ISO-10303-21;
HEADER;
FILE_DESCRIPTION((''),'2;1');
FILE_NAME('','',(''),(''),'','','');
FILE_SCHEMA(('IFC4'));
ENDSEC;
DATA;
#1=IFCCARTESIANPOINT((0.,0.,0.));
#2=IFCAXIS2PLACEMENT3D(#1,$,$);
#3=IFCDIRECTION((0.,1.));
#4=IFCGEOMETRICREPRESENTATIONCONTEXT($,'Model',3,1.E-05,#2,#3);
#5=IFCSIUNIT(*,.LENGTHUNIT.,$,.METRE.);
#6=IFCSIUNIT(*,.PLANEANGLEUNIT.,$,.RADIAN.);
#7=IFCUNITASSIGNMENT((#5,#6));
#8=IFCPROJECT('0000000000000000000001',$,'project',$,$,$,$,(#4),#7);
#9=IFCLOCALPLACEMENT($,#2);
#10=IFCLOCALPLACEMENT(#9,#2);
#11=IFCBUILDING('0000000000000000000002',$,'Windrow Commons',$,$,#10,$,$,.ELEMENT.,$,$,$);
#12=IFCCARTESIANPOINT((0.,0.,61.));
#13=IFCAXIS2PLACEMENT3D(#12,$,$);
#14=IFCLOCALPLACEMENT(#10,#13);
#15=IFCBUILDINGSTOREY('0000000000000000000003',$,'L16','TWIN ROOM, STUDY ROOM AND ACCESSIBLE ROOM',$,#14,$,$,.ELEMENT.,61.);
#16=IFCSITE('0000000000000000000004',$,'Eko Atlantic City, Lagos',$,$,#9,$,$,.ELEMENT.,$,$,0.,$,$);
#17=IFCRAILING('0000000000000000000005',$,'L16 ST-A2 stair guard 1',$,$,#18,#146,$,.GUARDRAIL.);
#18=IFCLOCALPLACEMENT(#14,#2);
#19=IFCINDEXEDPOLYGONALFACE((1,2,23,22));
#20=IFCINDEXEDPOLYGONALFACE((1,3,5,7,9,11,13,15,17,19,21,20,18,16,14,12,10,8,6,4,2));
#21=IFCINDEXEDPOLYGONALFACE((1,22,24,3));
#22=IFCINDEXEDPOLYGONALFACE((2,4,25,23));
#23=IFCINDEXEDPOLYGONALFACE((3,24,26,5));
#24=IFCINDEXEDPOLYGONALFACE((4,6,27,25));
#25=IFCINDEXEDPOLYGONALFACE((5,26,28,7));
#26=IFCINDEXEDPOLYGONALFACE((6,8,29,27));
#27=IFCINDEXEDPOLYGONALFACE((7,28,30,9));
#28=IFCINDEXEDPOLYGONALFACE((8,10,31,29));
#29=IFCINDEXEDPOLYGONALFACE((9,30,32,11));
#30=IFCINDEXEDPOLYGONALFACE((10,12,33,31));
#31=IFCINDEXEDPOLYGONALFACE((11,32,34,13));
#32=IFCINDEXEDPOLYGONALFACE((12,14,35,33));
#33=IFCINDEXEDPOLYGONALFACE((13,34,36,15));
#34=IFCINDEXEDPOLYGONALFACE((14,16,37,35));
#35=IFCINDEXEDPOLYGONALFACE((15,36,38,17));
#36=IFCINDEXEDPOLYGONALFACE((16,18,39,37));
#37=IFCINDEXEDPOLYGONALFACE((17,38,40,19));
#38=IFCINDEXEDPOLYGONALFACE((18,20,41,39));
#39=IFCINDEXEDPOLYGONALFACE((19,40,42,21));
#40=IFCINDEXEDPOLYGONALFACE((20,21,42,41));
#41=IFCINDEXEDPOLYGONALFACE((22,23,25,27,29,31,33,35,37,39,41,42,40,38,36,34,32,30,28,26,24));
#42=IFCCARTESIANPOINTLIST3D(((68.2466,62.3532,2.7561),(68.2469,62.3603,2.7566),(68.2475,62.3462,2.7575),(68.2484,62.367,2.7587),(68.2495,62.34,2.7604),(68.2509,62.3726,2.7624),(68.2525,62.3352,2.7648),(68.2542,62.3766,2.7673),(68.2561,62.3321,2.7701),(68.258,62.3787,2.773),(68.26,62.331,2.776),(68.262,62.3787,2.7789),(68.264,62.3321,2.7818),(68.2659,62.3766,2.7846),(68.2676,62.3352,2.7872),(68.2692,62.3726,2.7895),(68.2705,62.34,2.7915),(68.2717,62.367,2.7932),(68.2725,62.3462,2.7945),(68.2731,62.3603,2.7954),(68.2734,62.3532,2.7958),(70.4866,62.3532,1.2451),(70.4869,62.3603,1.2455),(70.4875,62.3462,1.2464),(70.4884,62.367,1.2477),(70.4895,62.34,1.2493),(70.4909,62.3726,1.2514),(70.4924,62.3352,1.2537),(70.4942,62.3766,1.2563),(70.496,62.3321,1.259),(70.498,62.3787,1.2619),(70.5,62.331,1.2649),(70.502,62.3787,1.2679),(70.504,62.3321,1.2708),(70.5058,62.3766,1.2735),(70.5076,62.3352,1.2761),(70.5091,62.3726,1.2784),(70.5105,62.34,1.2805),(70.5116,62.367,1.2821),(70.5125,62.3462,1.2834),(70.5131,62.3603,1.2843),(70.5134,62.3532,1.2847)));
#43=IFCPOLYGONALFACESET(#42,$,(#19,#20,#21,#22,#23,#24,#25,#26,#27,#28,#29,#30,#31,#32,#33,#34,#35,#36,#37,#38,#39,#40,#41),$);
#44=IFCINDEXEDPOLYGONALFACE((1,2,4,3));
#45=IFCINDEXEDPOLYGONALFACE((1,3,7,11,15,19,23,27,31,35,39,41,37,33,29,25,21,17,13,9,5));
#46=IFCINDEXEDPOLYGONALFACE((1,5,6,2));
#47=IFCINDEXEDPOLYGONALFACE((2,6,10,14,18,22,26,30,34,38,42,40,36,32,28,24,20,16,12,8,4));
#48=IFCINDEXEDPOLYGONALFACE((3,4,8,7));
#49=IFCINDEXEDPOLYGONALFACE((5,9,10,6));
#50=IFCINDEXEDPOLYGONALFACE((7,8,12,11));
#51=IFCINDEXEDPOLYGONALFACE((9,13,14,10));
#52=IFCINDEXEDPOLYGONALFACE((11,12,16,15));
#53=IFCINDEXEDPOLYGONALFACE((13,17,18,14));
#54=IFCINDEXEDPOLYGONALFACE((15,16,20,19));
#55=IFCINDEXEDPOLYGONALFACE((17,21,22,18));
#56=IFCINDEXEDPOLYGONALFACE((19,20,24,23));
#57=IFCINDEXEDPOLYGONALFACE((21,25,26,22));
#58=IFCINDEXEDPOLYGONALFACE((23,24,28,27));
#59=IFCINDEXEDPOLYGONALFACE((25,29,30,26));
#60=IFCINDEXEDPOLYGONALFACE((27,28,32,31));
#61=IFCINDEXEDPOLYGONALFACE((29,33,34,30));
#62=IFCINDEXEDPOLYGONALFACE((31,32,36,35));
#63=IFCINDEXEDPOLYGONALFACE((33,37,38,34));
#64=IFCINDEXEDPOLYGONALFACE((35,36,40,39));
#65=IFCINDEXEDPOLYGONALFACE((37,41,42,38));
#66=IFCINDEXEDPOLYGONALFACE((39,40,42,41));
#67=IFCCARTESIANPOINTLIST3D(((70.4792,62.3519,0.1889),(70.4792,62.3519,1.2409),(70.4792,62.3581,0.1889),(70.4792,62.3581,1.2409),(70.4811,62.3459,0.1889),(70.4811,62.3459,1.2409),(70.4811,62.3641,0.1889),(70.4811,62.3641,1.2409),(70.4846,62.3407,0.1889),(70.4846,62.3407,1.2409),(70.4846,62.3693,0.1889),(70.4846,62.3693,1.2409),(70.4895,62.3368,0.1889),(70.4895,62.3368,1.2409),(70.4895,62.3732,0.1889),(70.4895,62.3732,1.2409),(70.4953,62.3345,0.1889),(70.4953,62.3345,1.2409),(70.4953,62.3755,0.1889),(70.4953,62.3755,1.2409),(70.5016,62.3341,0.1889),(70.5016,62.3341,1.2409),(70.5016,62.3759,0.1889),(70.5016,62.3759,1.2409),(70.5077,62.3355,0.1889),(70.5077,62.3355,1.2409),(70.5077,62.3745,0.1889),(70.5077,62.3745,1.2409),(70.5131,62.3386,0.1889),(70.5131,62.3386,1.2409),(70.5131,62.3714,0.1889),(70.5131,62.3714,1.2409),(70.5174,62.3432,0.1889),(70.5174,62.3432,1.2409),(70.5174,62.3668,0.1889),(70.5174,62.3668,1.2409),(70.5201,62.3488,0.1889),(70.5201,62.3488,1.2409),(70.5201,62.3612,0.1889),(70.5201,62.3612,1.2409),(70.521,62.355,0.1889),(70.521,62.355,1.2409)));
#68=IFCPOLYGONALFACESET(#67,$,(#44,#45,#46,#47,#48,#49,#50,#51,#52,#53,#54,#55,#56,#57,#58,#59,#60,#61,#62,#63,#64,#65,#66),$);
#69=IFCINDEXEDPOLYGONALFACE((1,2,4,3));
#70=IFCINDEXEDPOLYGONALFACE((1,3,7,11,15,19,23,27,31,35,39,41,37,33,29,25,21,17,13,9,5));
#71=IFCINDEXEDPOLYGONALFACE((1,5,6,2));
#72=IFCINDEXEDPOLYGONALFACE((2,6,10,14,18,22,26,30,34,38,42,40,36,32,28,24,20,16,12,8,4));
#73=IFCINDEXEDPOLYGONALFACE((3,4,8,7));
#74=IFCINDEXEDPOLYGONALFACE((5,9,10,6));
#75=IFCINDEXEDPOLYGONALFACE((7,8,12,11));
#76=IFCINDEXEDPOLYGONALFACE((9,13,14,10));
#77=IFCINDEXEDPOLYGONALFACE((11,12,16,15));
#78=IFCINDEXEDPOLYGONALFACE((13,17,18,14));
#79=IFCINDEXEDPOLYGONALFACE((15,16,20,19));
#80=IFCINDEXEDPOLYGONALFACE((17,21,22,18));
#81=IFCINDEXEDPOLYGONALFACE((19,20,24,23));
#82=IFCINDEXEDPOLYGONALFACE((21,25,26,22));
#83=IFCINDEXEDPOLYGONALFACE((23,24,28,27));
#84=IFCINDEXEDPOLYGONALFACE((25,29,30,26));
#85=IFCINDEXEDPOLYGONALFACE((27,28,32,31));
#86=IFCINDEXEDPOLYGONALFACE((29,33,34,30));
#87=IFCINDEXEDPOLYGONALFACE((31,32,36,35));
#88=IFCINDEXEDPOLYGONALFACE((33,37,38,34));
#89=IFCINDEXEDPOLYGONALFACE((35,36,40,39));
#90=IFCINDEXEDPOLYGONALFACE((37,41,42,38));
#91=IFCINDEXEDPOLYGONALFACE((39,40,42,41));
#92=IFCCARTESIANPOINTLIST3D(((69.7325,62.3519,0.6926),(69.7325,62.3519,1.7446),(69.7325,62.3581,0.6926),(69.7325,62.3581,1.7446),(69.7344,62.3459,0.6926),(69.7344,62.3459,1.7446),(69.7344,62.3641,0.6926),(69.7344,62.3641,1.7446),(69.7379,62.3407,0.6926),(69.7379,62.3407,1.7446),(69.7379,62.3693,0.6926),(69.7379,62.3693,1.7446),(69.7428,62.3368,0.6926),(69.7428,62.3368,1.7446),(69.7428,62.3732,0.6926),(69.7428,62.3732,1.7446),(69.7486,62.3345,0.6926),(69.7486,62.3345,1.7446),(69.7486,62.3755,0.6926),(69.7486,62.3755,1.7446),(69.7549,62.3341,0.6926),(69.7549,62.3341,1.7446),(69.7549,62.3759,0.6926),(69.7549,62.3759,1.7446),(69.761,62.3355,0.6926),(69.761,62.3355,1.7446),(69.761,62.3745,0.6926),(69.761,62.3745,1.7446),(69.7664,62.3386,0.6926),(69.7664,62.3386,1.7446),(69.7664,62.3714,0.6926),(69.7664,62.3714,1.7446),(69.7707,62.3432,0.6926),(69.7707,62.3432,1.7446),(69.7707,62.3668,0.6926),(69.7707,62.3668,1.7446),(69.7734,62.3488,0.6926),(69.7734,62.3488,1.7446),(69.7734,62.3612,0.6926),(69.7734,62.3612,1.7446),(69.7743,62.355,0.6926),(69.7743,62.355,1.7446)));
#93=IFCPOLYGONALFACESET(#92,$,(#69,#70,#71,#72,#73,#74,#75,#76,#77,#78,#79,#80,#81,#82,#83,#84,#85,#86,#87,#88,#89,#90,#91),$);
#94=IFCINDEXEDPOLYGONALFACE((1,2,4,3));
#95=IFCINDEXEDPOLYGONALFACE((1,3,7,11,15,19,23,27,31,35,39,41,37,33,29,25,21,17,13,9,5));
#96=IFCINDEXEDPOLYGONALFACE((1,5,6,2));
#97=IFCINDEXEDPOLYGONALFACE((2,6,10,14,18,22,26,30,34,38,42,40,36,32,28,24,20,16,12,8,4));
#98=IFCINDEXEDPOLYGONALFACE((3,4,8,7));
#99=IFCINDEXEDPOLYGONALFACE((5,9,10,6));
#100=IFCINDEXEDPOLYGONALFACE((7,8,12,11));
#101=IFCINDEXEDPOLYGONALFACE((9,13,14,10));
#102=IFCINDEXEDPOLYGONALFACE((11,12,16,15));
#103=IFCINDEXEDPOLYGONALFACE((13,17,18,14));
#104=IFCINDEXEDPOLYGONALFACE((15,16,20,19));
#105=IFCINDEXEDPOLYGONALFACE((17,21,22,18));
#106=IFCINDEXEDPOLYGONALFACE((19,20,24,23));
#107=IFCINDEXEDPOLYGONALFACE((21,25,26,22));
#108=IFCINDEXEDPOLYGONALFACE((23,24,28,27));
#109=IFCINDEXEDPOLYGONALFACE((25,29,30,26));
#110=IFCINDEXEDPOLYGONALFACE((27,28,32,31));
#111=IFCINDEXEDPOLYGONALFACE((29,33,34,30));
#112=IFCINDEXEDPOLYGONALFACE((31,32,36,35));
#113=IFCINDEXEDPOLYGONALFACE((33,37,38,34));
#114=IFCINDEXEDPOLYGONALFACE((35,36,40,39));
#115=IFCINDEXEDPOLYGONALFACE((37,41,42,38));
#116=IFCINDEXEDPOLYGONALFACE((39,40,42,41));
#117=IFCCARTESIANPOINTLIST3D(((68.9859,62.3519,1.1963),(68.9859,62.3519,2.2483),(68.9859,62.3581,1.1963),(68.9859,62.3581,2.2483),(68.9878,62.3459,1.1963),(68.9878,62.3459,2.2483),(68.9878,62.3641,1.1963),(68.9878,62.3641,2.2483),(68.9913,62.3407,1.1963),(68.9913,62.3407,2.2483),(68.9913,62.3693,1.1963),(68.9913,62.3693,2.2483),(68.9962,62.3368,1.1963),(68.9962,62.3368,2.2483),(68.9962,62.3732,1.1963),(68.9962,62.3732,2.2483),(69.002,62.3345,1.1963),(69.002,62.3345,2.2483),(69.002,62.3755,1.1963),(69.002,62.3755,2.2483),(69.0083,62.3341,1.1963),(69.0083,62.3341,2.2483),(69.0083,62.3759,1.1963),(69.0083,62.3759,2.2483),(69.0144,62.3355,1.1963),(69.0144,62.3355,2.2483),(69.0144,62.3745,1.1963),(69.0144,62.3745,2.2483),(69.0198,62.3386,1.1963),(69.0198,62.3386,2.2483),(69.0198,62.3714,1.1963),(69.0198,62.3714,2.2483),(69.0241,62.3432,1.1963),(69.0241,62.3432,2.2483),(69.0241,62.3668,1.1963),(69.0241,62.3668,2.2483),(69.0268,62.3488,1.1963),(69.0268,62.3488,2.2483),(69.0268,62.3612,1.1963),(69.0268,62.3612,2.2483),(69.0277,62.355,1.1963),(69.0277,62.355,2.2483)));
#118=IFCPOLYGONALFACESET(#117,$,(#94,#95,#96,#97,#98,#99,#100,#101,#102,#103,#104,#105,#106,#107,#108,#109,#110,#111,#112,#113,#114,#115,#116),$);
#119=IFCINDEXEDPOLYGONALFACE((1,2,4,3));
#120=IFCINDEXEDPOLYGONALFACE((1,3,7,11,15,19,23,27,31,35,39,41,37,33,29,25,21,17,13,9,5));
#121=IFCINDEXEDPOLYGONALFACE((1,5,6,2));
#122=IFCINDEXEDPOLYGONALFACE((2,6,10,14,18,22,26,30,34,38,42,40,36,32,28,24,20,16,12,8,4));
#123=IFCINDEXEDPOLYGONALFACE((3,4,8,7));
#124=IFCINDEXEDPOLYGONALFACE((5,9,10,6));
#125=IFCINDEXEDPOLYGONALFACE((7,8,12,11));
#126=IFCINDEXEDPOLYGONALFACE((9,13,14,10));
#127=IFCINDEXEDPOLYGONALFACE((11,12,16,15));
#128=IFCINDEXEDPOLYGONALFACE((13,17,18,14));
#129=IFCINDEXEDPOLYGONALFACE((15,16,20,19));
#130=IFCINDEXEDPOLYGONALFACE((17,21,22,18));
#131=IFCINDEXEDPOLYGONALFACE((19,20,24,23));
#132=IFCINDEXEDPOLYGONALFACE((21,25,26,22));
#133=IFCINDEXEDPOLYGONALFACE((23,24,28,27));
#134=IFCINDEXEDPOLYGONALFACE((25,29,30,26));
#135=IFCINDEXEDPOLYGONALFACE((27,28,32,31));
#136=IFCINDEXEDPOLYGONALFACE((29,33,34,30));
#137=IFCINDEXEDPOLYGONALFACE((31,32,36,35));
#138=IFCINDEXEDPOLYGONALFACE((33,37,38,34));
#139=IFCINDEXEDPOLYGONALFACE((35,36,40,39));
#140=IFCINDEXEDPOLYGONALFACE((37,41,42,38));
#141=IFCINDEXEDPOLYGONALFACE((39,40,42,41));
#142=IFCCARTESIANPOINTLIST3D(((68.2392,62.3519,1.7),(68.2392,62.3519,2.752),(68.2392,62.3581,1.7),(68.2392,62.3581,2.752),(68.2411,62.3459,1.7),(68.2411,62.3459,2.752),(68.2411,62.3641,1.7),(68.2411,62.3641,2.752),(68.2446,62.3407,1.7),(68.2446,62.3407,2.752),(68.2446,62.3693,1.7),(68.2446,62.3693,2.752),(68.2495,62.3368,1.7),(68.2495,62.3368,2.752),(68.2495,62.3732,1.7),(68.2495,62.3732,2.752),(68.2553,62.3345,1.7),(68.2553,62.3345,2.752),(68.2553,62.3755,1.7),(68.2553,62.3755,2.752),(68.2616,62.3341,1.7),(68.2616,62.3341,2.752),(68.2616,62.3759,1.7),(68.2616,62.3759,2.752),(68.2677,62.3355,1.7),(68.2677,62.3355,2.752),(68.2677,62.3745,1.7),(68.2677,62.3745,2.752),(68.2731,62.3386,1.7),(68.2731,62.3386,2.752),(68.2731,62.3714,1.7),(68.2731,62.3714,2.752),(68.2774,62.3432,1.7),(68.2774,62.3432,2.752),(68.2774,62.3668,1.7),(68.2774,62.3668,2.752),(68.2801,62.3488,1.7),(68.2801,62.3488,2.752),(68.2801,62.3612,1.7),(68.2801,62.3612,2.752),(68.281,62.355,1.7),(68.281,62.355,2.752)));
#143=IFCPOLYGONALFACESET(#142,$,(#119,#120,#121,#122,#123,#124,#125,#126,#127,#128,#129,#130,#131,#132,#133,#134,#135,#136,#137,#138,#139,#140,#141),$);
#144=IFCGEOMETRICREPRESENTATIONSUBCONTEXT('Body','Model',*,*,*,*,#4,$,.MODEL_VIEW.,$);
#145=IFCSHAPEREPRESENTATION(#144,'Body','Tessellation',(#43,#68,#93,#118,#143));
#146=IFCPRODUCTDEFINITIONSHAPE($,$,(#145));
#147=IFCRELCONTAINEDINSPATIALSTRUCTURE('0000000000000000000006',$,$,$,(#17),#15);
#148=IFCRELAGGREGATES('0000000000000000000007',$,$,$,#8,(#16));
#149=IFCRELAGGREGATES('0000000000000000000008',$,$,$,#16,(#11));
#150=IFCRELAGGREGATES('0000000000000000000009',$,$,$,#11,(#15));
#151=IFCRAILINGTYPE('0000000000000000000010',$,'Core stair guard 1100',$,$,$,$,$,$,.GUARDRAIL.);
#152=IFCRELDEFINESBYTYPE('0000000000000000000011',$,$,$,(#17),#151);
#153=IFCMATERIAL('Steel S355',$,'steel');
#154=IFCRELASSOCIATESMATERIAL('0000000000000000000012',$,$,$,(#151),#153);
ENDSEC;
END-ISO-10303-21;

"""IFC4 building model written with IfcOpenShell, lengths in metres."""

from ifc_helpers import new_model, si_unit, direction, frame, origin, origin_2d, place, context, subcontext, project, spatial, circle, extrude, material, type_object, element, save


model = new_model("IFC4")

# Units and contexts
model_context = context("Model", 3, precision=1e-05, world=origin(), true_north=direction((0.0, 1.0)))
body_context = subcontext(model_context, "Body", "Model", "MODEL_VIEW")
ifc_project = project(units=[si_unit("LENGTHUNIT", "METRE"), si_unit("PLANEANGLEUNIT", "RADIAN")], contexts=[model_context])

# Site, building, storey
site_placement = place(None, origin())
site = spatial("IfcSite", under=ifc_project, at=site_placement, Name="Eko Atlantic City, Lagos", CompositionType="ELEMENT", RefElevation=0.0)
building_placement = place(site_placement, origin())
building = spatial("IfcBuilding", under=site, at=building_placement, Name="Windrow Commons", CompositionType="ELEMENT")
storey_placement = place(building_placement, frame((0.0, 0.0, 61.0)))
storey = spatial("IfcBuildingStorey", under=building, at=storey_placement, Name="L16", Description="TWIN ROOM, STUDY ROOM AND ACCESSIBLE ROOM", CompositionType="ELEMENT", Elevation=61.0)

# Railing
ifc_material_1 = material(Name="Steel S355", Category="steel")
railing_type_1 = type_object("IfcRailingType", Name="Core stair guard 1100", PredefinedType="GUARDRAIL", material=ifc_material_1)
railing_1_placement = place(storey_placement, frame((70.5, 62.355, 0.1889)))
element("IfcRailing", 1, at=railing_1_placement, inside=storey, type_object=railing_type_1, Name="L16 ST-A2 stair guard 1", PredefinedType="GUARDRAIL", context=body_context, shape_type="SweptSolid", body=[
    extrude(circle(Radius=0.024, at=origin_2d()), frame((0.0, 0.0, 1.076), z_axis=(-0.829003, 0.0, 0.559244), x_axis=(0.0, -1.0, 0.0)), (0.0, 0.0, 1.0), 2.702),
    extrude(circle(Radius=0.021, at=origin_2d()), origin(), (0.0, 0.0, 1.0), 1.052),
    extrude(circle(Radius=0.021, at=origin_2d()), frame((-0.7467, 0.0, 0.5037)), (0.0, 0.0, 1.0), 1.052),
    extrude(circle(Radius=0.021, at=origin_2d()), frame((-1.4933, 0.0, 1.0074)), (0.0, 0.0, 1.0), 1.052),
    extrude(circle(Radius=0.021, at=origin_2d()), frame((-2.24, 0.0, 1.5111)), (0.0, 0.0, 1.0), 1.052),
])

save(model, "model.ifc")
